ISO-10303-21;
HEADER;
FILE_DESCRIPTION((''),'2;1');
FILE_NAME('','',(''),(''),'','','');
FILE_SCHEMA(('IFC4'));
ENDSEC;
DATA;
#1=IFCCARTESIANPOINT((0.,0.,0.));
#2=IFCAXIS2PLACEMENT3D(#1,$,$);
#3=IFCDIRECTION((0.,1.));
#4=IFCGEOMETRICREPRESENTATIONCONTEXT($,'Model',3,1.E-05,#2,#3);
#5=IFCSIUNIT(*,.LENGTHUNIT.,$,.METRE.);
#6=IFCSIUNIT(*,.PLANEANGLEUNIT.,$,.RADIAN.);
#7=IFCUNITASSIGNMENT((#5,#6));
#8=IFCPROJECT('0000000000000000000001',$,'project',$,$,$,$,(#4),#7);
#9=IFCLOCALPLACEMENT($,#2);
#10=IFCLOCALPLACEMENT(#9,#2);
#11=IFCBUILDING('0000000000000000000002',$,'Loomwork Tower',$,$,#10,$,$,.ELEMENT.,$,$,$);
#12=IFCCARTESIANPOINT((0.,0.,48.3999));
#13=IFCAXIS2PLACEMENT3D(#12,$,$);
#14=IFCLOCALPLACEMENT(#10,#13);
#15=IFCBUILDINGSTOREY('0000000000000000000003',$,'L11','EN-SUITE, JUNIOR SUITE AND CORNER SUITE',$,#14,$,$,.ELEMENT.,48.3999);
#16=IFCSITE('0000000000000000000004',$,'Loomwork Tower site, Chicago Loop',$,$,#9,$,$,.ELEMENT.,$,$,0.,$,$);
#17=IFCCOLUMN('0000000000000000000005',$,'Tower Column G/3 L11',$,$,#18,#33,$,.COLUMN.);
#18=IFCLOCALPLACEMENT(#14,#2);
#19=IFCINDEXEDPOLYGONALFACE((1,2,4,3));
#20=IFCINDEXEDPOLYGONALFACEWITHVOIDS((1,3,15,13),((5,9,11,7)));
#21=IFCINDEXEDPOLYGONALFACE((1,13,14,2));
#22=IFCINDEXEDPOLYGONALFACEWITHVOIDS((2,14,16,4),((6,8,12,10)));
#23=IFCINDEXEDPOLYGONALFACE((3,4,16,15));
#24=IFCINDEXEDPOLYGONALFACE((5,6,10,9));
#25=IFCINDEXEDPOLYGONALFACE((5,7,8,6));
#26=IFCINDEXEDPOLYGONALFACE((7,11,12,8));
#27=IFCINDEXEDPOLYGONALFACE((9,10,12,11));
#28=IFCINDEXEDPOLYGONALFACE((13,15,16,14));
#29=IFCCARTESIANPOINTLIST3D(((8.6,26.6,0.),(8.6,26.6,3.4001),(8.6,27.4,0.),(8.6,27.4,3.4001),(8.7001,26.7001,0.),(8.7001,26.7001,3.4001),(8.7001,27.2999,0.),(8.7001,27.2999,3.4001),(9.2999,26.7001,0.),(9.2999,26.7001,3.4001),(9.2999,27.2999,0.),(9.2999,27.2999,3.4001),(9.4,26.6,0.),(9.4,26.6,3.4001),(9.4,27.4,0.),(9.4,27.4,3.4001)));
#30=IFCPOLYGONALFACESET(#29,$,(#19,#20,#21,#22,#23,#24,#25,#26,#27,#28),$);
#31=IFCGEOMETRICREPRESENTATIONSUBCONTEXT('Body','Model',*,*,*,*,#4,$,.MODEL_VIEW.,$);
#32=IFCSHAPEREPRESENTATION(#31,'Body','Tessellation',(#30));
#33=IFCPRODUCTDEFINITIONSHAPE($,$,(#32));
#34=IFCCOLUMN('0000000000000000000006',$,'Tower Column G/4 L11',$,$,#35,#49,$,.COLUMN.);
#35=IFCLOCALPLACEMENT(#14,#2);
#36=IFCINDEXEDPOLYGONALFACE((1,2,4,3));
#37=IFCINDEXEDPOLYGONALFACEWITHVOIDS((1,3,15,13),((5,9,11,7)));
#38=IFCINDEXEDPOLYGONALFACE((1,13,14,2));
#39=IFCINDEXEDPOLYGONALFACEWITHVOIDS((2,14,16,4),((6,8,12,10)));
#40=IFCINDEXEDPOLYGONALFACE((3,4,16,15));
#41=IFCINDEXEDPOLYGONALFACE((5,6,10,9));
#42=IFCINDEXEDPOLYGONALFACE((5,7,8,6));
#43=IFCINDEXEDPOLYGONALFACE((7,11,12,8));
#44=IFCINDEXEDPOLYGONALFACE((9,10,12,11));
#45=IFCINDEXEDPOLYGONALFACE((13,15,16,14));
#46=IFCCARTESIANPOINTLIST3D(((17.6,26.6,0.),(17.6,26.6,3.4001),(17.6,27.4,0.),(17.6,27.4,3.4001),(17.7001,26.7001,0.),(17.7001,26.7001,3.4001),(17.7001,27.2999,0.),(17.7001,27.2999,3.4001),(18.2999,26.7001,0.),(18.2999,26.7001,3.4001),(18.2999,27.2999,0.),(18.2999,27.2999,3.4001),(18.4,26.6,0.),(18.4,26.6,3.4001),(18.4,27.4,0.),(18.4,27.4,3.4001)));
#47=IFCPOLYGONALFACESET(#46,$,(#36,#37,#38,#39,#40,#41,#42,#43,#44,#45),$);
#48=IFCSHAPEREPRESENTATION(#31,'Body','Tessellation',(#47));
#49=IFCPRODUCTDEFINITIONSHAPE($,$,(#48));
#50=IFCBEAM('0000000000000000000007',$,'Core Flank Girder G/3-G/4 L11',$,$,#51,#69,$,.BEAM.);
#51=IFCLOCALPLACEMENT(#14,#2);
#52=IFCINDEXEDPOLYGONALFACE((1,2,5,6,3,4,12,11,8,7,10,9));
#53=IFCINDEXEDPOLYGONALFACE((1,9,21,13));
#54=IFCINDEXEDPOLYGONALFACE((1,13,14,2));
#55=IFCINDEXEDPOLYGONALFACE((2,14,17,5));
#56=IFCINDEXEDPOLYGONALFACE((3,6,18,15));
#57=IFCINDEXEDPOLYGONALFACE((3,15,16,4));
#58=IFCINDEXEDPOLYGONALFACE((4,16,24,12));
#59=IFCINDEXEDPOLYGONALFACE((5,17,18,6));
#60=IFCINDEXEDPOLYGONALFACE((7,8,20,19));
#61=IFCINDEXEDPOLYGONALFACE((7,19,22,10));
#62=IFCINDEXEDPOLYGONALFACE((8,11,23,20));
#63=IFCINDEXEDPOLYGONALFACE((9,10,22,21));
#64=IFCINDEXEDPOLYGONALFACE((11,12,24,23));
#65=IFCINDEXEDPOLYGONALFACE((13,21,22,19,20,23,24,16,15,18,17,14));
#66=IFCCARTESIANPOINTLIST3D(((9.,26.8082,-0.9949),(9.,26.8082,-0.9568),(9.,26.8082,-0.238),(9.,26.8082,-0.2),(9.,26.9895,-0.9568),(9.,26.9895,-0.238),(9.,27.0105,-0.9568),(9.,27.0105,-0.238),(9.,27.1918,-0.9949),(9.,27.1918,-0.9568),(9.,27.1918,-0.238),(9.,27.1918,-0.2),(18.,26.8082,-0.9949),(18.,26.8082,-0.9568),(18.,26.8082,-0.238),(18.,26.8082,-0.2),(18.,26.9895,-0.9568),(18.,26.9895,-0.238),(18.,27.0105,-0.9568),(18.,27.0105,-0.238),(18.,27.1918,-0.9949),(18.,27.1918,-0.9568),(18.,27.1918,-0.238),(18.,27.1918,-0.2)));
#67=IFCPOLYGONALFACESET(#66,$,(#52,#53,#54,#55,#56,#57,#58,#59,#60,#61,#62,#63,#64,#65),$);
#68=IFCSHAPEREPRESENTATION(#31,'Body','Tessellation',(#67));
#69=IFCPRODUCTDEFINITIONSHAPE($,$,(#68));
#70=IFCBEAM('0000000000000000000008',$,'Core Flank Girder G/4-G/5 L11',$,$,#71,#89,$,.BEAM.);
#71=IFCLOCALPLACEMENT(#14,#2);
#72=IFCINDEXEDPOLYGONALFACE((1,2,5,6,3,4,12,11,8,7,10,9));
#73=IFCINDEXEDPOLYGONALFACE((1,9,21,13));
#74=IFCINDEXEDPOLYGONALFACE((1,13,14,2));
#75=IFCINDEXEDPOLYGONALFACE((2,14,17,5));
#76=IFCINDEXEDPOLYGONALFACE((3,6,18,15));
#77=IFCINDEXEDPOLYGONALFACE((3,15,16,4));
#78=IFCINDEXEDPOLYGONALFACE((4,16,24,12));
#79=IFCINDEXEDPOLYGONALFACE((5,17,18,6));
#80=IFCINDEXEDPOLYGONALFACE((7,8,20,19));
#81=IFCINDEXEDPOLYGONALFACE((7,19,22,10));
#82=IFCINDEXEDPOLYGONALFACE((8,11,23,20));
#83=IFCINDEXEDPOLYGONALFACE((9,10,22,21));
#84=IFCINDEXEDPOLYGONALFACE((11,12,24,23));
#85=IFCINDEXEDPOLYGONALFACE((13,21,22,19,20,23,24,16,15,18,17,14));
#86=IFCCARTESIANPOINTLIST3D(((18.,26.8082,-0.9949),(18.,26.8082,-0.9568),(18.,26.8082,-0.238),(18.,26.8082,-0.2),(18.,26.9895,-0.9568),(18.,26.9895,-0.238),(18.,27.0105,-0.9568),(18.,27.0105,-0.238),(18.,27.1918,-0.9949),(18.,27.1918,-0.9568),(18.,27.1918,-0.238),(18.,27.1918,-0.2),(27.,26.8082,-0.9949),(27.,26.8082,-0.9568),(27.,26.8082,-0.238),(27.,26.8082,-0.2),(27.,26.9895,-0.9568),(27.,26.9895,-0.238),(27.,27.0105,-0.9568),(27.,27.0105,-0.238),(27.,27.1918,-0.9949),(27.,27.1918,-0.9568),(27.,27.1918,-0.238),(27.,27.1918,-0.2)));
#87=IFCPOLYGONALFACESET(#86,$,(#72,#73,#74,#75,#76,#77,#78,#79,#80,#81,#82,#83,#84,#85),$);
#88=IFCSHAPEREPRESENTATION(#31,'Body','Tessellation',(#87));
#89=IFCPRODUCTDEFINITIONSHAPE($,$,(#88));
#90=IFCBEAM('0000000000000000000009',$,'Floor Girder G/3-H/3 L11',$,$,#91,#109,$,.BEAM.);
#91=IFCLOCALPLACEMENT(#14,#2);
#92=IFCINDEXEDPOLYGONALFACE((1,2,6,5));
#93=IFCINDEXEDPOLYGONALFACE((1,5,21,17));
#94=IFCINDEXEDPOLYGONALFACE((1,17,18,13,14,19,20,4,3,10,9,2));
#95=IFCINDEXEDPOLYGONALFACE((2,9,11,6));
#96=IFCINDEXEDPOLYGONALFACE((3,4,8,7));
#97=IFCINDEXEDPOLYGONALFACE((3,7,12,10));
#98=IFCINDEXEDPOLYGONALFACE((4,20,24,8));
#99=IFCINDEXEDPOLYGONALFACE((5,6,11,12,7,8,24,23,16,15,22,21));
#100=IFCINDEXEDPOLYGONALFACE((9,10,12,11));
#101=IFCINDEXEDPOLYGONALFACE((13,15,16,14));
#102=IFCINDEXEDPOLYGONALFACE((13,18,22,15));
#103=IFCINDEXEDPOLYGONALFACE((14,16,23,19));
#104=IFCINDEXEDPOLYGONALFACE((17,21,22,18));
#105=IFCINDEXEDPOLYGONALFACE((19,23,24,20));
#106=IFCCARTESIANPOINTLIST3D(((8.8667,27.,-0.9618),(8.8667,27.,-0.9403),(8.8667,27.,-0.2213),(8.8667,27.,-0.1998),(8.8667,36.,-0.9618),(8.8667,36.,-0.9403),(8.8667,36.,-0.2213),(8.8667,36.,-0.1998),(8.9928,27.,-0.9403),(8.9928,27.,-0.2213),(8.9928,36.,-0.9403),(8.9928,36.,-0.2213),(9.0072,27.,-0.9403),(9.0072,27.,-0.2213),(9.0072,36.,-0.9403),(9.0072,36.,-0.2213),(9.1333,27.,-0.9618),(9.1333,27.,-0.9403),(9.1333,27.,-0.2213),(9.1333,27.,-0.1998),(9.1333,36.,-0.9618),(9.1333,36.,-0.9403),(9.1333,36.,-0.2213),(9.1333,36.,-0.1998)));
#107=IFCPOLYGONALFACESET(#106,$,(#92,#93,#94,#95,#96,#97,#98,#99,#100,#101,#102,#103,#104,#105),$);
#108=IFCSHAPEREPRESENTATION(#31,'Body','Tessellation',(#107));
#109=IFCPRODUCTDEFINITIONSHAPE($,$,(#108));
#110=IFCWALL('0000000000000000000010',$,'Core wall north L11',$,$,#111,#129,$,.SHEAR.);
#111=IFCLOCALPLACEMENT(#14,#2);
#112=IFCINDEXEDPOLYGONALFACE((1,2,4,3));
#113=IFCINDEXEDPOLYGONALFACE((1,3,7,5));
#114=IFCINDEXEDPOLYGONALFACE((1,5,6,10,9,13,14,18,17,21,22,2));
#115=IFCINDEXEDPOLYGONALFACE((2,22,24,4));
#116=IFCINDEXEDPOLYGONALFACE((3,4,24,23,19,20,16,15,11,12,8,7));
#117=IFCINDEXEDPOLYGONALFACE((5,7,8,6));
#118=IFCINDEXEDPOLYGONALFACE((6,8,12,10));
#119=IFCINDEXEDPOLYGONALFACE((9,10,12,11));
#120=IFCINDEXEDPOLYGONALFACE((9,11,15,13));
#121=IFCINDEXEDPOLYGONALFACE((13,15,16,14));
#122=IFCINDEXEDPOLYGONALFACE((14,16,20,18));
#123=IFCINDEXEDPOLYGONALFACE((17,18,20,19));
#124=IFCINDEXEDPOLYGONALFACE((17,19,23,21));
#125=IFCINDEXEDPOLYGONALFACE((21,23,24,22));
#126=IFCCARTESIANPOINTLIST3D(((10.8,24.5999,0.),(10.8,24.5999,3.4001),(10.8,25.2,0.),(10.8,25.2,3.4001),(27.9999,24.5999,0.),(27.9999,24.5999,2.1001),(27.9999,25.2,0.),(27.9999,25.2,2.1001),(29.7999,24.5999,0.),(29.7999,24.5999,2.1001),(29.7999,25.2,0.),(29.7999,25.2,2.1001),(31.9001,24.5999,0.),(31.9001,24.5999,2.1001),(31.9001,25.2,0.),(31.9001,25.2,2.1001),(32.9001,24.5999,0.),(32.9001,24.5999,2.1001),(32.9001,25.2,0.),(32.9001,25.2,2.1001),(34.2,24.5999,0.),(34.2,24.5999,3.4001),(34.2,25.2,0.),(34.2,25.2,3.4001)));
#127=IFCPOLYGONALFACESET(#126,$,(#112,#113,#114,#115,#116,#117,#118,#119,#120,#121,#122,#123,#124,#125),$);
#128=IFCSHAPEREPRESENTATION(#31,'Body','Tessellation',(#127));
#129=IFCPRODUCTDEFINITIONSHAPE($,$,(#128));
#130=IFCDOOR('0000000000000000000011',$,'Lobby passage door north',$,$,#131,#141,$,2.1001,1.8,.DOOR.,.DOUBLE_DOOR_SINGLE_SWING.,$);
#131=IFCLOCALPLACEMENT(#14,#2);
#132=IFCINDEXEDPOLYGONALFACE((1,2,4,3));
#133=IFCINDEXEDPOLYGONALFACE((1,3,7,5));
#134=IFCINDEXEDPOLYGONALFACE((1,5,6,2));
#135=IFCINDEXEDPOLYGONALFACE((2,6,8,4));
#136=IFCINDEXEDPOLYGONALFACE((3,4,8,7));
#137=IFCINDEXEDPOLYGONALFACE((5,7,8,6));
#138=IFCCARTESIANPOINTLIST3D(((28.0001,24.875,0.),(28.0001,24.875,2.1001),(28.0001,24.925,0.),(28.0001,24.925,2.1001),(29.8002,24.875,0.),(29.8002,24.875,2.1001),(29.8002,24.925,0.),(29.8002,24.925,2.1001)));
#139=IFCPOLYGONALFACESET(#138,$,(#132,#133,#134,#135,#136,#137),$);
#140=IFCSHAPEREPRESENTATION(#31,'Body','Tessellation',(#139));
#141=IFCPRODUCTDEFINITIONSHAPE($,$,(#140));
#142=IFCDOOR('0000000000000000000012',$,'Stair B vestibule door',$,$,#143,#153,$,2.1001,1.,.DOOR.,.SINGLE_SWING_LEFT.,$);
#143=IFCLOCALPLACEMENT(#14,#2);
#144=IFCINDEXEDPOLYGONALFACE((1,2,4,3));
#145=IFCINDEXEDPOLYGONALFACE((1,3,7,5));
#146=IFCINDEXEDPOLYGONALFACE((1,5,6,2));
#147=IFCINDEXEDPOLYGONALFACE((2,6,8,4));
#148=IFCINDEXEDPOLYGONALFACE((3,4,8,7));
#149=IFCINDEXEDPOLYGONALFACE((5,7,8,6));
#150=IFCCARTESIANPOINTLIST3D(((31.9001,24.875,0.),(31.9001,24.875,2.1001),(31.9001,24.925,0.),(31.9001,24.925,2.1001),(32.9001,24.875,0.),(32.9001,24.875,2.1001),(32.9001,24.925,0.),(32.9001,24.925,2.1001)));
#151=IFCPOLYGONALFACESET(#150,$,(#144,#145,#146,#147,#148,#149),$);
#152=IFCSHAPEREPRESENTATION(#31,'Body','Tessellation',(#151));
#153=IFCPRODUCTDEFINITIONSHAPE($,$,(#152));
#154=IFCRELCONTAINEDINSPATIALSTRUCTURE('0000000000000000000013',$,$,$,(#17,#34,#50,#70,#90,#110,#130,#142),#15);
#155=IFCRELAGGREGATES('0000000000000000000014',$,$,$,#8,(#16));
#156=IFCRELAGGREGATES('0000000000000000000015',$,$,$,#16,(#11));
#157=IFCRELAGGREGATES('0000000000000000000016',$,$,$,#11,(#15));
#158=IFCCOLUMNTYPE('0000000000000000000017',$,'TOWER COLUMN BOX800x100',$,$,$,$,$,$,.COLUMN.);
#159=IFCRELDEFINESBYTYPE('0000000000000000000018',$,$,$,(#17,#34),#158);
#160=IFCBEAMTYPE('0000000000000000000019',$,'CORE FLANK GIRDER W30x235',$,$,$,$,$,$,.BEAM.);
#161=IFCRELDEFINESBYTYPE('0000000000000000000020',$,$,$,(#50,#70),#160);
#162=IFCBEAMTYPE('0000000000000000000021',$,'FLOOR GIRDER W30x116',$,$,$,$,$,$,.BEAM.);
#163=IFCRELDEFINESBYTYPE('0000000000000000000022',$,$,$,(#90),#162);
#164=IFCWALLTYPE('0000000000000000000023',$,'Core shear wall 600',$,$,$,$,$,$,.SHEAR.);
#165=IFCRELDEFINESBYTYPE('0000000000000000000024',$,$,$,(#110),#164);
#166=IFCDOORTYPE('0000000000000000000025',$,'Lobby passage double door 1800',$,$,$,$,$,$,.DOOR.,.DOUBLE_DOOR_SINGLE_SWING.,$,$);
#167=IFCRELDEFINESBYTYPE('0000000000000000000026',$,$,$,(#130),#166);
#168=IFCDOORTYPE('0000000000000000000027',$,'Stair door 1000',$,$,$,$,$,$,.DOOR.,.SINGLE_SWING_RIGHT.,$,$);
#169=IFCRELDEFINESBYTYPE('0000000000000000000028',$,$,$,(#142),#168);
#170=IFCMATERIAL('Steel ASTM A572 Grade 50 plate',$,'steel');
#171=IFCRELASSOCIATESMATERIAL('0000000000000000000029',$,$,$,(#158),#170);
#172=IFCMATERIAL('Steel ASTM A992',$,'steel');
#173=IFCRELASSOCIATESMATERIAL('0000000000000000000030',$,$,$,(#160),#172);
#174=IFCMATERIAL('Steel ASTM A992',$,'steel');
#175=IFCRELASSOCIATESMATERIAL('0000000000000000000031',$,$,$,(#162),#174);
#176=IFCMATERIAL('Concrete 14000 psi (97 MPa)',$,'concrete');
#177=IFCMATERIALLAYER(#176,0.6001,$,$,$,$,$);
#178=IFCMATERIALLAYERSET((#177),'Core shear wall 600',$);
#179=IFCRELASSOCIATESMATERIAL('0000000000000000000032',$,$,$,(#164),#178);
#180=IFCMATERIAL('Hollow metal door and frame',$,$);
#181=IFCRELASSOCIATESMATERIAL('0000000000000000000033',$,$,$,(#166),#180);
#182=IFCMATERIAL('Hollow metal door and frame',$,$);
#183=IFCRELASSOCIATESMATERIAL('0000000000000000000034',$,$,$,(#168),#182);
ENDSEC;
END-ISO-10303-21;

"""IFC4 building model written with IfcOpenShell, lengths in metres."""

from ifc_helpers import new_model, si_unit, direction, frame, frame_2d, origin, origin_2d, place, context, subcontext, project, spatial, rectangle, hollow_rectangle, i_section, extrude, material, layer, layer_set, material_profile, profile_set, type_object, element, fill, save


model = new_model("IFC4")

# Units and contexts
model_context = context("Model", 3, precision=1e-05, world=origin(), true_north=direction((0.0, 1.0)))
body_context = subcontext(model_context, "Body", "Model", "MODEL_VIEW")
ifc_project = project(units=[si_unit("LENGTHUNIT", "METRE"), si_unit("PLANEANGLEUNIT", "RADIAN")], contexts=[model_context])

# Site, building, storey
site_placement = place(None, origin())
site = spatial("IfcSite", under=ifc_project, at=site_placement, Name="Loomwork Tower site, Chicago Loop", CompositionType="ELEMENT", RefElevation=0.0)
building_placement = place(site_placement, origin())
building = spatial("IfcBuilding", under=site, at=building_placement, Name="Loomwork Tower", CompositionType="ELEMENT")
storey_placement = place(building_placement, frame((0.0, 0.0, 48.3999)))
storey = spatial("IfcBuildingStorey", under=building, at=storey_placement, Name="L11", Description="EN-SUITE, JUNIOR SUITE AND CORNER SUITE", CompositionType="ELEMENT", Elevation=48.3999)

# Columns
ifc_material_1 = material(Name="Steel ASTM A572 Grade 50 plate", Category="steel")
ifc_material_profile_1 = material_profile(ifc_material_1, hollow_rectangle(XDim=0.8, YDim=0.8, WallThickness=0.1001, at=origin_2d()), Name="BOX800x100")
ifc_profile_set_1 = profile_set([ifc_material_profile_1], Name="Steel ASTM A572 Grade 50 plate")
column_type = type_object("IfcColumnType", Name="TOWER COLUMN BOX800x100", PredefinedType="COLUMN", material=ifc_profile_set_1)
for number, where, z_axis, x_axis, name in (
    (1, (9.0, 27.0, 0.0), (0.0, 0.0, 1.0), (1.0, 0.0, 0.0), "Tower Column G/3 L11"),
    (2, (18.0, 27.0, 0.0), (0.0, 0.0, 1.0), (1.0, 0.0, 0.0), "Tower Column G/4 L11"),
):
    element("IfcColumn", number, at=place(storey_placement, frame(where, z_axis=z_axis, x_axis=x_axis)), inside=storey, type_object=column_type, Name=name, PredefinedType="COLUMN", context=body_context, shape_type="SweptSolid", body=[
        extrude(hollow_rectangle(XDim=0.8, YDim=0.8, WallThickness=0.1001, at=origin_2d()), origin(), (0.0, 0.0, 1.0), 3.4001),
    ])

# Beams
ifc_material_2 = material(Name="Steel ASTM A992", Category="steel")
ifc_material_profile_2 = material_profile(ifc_material_2, i_section(OverallWidth=0.3835, OverallDepth=0.7949, WebThickness=0.021, FlangeThickness=0.0381, at=origin_2d()), Name="W30x235")
ifc_profile_set_2 = profile_set([ifc_material_profile_2], Name="Steel ASTM A992")
beam_type_1 = type_object("IfcBeamType", Name="CORE FLANK GIRDER W30x235", PredefinedType="BEAM", material=ifc_profile_set_2)
for number, where, z_axis, x_axis, name in (
    (3, (9.0, 27.0, -0.5974), (1.0, 0.0, 0.0), (0.0, 1.0, 0.0), "Core Flank Girder G/3-G/4 L11"),
    (4, (18.0, 27.0, -0.5974), (1.0, 0.0, 0.0), (0.0, 1.0, 0.0), "Core Flank Girder G/4-G/5 L11"),
):
    element("IfcBeam", number, at=place(storey_placement, frame(where, z_axis=z_axis, x_axis=x_axis)), inside=storey, type_object=beam_type_1, Name=name, PredefinedType="BEAM", context=body_context, shape_type="SweptSolid", body=[
        extrude(i_section(OverallWidth=0.3835, OverallDepth=0.7949, WebThickness=0.021, FlangeThickness=0.0381, at=origin_2d()), origin(), (0.0, 0.0, 1.0), 9.0),
    ])
ifc_material_3 = material(Name="Steel ASTM A992", Category="steel")
ifc_material_profile_3 = material_profile(ifc_material_3, i_section(OverallWidth=0.2666, OverallDepth=0.762, WebThickness=0.0144, FlangeThickness=0.0215, at=origin_2d()), Name="W30x116")
ifc_profile_set_3 = profile_set([ifc_material_profile_3], Name="Steel ASTM A992")
beam_type_2 = type_object("IfcBeamType", Name="FLOOR GIRDER W30x116", PredefinedType="BEAM", material=ifc_profile_set_3)
beam_placement = place(storey_placement, frame((9.0, 27.0, -0.5808), z_axis=(0.0, 1.0, 0.0), x_axis=(-1.0, 0.0, 0.0)))
element("IfcBeam", 5, at=beam_placement, inside=storey, type_object=beam_type_2, Name="Floor Girder G/3-H/3 L11", PredefinedType="BEAM", context=body_context, shape_type="SweptSolid", body=[
    extrude(i_section(OverallWidth=0.2666, OverallDepth=0.762, WebThickness=0.0144, FlangeThickness=0.0215, at=origin_2d()), origin(), (0.0, 0.0, 1.0), 9.0),
])

# Wall, openings, doors
ifc_material_4 = material(Name="Concrete 14000 psi (97 MPa)", Category="concrete")
ifc_layer_1 = layer(ifc_material_4, 0.6001)
ifc_layer_set_1 = layer_set([ifc_layer_1], Name="Core shear wall 600")
wall_type_1 = type_object("IfcWallType", Name="Core shear wall 600", PredefinedType="SHEAR", material=ifc_layer_set_1)
wall_1_placement = place(storey_placement, frame((10.8, 24.8999, 0.0), z_axis=(0.0, 0.0, 1.0), x_axis=(1.0, 0.0, 0.0)))
wall_1 = element("IfcWall", 6, at=wall_1_placement, inside=storey, type_object=wall_type_1, Name="Core wall north L11", PredefinedType="SHEAR", context=body_context, shape_type="SweptSolid", body=[
    extrude(rectangle(XDim=23.3999, YDim=0.6001, at=frame_2d((11.7, 0.0))), origin(), (0.0, 0.0, 1.0), 3.4001),
])
opening_1_placement = place(wall_1_placement, frame((17.2, 0.0, 0.0)))
opening_1 = element("IfcOpeningElement", 7, at=opening_1_placement, cuts=wall_1, PredefinedType="OPENING", context=body_context, shape_type="SweptSolid", body=[
    extrude(rectangle(XDim=1.8, YDim=2.1001, at=frame_2d((0.8999, 1.05))), frame((0.0, 0.3101, 0.0), z_axis=(0.0, -1.0, 0.0), x_axis=(1.0, 0.0, 0.0)), (0.0, 0.0, 1.0), 0.6201),
])
opening_2_placement = place(wall_1_placement, frame((21.1001, 0.0, 0.0)))
opening_2 = element("IfcOpeningElement", 8, at=opening_2_placement, cuts=wall_1, PredefinedType="OPENING", context=body_context, shape_type="SweptSolid", body=[
    extrude(rectangle(XDim=1.0, YDim=2.1001, at=frame_2d((0.5, 1.05))), frame((0.0, 0.3101, 0.0), z_axis=(0.0, -1.0, 0.0), x_axis=(1.0, 0.0, 0.0)), (0.0, 0.0, 1.0), 0.6201),
])
ifc_material_5 = material(Name="Hollow metal door and frame")
door_type_1 = type_object("IfcDoorType", Name="Lobby passage double door 1800", OperationType="DOUBLE_DOOR_SINGLE_SWING", PredefinedType="DOOR", material=ifc_material_5)
door_1_placement = place(opening_1_placement, frame((1.8, 0.0, 0.0), z_axis=(0.0, 0.0, 1.0), x_axis=(-1.0, 0.0, 0.0)))
door_1 = element("IfcDoor", 9, at=door_1_placement, inside=storey, type_object=door_type_1, Name="Lobby passage door north", OperationType="DOUBLE_DOOR_SINGLE_SWING", OverallHeight=2.1001, OverallWidth=1.8, PredefinedType="DOOR", context=body_context, shape_type="SweptSolid", body=[
    extrude(rectangle(XDim=1.8, YDim=2.1001, at=frame_2d((0.8999, 1.05))), frame((0.0, 0.0249, 0.0), z_axis=(0.0, -1.0, 0.0), x_axis=(1.0, 0.0, 0.0)), (0.0, 0.0, 1.0), 0.05),
])
fill(opening_1, door_1)
ifc_material_6 = material(Name="Hollow metal door and frame")
door_type_2 = type_object("IfcDoorType", Name="Stair door 1000", OperationType="SINGLE_SWING_RIGHT", PredefinedType="DOOR", material=ifc_material_6)
door_2_placement = place(opening_2_placement, frame((1.0, 0.0, 0.0), z_axis=(0.0, 0.0, 1.0), x_axis=(-1.0, 0.0, 0.0)))
door_2 = element("IfcDoor", 10, at=door_2_placement, inside=storey, type_object=door_type_2, Name="Stair B vestibule door", OperationType="SINGLE_SWING_LEFT", OverallHeight=2.1001, OverallWidth=1.0, PredefinedType="DOOR", context=body_context, shape_type="SweptSolid", body=[
    extrude(rectangle(XDim=1.0, YDim=2.1001, at=frame_2d((0.5, 1.05))), frame((0.0, 0.0249, 0.0), z_axis=(0.0, -1.0, 0.0), x_axis=(1.0, 0.0, 0.0)), (0.0, 0.0, 1.0), 0.05),
])
fill(opening_2, door_2)

save(model, "model.ifc")
